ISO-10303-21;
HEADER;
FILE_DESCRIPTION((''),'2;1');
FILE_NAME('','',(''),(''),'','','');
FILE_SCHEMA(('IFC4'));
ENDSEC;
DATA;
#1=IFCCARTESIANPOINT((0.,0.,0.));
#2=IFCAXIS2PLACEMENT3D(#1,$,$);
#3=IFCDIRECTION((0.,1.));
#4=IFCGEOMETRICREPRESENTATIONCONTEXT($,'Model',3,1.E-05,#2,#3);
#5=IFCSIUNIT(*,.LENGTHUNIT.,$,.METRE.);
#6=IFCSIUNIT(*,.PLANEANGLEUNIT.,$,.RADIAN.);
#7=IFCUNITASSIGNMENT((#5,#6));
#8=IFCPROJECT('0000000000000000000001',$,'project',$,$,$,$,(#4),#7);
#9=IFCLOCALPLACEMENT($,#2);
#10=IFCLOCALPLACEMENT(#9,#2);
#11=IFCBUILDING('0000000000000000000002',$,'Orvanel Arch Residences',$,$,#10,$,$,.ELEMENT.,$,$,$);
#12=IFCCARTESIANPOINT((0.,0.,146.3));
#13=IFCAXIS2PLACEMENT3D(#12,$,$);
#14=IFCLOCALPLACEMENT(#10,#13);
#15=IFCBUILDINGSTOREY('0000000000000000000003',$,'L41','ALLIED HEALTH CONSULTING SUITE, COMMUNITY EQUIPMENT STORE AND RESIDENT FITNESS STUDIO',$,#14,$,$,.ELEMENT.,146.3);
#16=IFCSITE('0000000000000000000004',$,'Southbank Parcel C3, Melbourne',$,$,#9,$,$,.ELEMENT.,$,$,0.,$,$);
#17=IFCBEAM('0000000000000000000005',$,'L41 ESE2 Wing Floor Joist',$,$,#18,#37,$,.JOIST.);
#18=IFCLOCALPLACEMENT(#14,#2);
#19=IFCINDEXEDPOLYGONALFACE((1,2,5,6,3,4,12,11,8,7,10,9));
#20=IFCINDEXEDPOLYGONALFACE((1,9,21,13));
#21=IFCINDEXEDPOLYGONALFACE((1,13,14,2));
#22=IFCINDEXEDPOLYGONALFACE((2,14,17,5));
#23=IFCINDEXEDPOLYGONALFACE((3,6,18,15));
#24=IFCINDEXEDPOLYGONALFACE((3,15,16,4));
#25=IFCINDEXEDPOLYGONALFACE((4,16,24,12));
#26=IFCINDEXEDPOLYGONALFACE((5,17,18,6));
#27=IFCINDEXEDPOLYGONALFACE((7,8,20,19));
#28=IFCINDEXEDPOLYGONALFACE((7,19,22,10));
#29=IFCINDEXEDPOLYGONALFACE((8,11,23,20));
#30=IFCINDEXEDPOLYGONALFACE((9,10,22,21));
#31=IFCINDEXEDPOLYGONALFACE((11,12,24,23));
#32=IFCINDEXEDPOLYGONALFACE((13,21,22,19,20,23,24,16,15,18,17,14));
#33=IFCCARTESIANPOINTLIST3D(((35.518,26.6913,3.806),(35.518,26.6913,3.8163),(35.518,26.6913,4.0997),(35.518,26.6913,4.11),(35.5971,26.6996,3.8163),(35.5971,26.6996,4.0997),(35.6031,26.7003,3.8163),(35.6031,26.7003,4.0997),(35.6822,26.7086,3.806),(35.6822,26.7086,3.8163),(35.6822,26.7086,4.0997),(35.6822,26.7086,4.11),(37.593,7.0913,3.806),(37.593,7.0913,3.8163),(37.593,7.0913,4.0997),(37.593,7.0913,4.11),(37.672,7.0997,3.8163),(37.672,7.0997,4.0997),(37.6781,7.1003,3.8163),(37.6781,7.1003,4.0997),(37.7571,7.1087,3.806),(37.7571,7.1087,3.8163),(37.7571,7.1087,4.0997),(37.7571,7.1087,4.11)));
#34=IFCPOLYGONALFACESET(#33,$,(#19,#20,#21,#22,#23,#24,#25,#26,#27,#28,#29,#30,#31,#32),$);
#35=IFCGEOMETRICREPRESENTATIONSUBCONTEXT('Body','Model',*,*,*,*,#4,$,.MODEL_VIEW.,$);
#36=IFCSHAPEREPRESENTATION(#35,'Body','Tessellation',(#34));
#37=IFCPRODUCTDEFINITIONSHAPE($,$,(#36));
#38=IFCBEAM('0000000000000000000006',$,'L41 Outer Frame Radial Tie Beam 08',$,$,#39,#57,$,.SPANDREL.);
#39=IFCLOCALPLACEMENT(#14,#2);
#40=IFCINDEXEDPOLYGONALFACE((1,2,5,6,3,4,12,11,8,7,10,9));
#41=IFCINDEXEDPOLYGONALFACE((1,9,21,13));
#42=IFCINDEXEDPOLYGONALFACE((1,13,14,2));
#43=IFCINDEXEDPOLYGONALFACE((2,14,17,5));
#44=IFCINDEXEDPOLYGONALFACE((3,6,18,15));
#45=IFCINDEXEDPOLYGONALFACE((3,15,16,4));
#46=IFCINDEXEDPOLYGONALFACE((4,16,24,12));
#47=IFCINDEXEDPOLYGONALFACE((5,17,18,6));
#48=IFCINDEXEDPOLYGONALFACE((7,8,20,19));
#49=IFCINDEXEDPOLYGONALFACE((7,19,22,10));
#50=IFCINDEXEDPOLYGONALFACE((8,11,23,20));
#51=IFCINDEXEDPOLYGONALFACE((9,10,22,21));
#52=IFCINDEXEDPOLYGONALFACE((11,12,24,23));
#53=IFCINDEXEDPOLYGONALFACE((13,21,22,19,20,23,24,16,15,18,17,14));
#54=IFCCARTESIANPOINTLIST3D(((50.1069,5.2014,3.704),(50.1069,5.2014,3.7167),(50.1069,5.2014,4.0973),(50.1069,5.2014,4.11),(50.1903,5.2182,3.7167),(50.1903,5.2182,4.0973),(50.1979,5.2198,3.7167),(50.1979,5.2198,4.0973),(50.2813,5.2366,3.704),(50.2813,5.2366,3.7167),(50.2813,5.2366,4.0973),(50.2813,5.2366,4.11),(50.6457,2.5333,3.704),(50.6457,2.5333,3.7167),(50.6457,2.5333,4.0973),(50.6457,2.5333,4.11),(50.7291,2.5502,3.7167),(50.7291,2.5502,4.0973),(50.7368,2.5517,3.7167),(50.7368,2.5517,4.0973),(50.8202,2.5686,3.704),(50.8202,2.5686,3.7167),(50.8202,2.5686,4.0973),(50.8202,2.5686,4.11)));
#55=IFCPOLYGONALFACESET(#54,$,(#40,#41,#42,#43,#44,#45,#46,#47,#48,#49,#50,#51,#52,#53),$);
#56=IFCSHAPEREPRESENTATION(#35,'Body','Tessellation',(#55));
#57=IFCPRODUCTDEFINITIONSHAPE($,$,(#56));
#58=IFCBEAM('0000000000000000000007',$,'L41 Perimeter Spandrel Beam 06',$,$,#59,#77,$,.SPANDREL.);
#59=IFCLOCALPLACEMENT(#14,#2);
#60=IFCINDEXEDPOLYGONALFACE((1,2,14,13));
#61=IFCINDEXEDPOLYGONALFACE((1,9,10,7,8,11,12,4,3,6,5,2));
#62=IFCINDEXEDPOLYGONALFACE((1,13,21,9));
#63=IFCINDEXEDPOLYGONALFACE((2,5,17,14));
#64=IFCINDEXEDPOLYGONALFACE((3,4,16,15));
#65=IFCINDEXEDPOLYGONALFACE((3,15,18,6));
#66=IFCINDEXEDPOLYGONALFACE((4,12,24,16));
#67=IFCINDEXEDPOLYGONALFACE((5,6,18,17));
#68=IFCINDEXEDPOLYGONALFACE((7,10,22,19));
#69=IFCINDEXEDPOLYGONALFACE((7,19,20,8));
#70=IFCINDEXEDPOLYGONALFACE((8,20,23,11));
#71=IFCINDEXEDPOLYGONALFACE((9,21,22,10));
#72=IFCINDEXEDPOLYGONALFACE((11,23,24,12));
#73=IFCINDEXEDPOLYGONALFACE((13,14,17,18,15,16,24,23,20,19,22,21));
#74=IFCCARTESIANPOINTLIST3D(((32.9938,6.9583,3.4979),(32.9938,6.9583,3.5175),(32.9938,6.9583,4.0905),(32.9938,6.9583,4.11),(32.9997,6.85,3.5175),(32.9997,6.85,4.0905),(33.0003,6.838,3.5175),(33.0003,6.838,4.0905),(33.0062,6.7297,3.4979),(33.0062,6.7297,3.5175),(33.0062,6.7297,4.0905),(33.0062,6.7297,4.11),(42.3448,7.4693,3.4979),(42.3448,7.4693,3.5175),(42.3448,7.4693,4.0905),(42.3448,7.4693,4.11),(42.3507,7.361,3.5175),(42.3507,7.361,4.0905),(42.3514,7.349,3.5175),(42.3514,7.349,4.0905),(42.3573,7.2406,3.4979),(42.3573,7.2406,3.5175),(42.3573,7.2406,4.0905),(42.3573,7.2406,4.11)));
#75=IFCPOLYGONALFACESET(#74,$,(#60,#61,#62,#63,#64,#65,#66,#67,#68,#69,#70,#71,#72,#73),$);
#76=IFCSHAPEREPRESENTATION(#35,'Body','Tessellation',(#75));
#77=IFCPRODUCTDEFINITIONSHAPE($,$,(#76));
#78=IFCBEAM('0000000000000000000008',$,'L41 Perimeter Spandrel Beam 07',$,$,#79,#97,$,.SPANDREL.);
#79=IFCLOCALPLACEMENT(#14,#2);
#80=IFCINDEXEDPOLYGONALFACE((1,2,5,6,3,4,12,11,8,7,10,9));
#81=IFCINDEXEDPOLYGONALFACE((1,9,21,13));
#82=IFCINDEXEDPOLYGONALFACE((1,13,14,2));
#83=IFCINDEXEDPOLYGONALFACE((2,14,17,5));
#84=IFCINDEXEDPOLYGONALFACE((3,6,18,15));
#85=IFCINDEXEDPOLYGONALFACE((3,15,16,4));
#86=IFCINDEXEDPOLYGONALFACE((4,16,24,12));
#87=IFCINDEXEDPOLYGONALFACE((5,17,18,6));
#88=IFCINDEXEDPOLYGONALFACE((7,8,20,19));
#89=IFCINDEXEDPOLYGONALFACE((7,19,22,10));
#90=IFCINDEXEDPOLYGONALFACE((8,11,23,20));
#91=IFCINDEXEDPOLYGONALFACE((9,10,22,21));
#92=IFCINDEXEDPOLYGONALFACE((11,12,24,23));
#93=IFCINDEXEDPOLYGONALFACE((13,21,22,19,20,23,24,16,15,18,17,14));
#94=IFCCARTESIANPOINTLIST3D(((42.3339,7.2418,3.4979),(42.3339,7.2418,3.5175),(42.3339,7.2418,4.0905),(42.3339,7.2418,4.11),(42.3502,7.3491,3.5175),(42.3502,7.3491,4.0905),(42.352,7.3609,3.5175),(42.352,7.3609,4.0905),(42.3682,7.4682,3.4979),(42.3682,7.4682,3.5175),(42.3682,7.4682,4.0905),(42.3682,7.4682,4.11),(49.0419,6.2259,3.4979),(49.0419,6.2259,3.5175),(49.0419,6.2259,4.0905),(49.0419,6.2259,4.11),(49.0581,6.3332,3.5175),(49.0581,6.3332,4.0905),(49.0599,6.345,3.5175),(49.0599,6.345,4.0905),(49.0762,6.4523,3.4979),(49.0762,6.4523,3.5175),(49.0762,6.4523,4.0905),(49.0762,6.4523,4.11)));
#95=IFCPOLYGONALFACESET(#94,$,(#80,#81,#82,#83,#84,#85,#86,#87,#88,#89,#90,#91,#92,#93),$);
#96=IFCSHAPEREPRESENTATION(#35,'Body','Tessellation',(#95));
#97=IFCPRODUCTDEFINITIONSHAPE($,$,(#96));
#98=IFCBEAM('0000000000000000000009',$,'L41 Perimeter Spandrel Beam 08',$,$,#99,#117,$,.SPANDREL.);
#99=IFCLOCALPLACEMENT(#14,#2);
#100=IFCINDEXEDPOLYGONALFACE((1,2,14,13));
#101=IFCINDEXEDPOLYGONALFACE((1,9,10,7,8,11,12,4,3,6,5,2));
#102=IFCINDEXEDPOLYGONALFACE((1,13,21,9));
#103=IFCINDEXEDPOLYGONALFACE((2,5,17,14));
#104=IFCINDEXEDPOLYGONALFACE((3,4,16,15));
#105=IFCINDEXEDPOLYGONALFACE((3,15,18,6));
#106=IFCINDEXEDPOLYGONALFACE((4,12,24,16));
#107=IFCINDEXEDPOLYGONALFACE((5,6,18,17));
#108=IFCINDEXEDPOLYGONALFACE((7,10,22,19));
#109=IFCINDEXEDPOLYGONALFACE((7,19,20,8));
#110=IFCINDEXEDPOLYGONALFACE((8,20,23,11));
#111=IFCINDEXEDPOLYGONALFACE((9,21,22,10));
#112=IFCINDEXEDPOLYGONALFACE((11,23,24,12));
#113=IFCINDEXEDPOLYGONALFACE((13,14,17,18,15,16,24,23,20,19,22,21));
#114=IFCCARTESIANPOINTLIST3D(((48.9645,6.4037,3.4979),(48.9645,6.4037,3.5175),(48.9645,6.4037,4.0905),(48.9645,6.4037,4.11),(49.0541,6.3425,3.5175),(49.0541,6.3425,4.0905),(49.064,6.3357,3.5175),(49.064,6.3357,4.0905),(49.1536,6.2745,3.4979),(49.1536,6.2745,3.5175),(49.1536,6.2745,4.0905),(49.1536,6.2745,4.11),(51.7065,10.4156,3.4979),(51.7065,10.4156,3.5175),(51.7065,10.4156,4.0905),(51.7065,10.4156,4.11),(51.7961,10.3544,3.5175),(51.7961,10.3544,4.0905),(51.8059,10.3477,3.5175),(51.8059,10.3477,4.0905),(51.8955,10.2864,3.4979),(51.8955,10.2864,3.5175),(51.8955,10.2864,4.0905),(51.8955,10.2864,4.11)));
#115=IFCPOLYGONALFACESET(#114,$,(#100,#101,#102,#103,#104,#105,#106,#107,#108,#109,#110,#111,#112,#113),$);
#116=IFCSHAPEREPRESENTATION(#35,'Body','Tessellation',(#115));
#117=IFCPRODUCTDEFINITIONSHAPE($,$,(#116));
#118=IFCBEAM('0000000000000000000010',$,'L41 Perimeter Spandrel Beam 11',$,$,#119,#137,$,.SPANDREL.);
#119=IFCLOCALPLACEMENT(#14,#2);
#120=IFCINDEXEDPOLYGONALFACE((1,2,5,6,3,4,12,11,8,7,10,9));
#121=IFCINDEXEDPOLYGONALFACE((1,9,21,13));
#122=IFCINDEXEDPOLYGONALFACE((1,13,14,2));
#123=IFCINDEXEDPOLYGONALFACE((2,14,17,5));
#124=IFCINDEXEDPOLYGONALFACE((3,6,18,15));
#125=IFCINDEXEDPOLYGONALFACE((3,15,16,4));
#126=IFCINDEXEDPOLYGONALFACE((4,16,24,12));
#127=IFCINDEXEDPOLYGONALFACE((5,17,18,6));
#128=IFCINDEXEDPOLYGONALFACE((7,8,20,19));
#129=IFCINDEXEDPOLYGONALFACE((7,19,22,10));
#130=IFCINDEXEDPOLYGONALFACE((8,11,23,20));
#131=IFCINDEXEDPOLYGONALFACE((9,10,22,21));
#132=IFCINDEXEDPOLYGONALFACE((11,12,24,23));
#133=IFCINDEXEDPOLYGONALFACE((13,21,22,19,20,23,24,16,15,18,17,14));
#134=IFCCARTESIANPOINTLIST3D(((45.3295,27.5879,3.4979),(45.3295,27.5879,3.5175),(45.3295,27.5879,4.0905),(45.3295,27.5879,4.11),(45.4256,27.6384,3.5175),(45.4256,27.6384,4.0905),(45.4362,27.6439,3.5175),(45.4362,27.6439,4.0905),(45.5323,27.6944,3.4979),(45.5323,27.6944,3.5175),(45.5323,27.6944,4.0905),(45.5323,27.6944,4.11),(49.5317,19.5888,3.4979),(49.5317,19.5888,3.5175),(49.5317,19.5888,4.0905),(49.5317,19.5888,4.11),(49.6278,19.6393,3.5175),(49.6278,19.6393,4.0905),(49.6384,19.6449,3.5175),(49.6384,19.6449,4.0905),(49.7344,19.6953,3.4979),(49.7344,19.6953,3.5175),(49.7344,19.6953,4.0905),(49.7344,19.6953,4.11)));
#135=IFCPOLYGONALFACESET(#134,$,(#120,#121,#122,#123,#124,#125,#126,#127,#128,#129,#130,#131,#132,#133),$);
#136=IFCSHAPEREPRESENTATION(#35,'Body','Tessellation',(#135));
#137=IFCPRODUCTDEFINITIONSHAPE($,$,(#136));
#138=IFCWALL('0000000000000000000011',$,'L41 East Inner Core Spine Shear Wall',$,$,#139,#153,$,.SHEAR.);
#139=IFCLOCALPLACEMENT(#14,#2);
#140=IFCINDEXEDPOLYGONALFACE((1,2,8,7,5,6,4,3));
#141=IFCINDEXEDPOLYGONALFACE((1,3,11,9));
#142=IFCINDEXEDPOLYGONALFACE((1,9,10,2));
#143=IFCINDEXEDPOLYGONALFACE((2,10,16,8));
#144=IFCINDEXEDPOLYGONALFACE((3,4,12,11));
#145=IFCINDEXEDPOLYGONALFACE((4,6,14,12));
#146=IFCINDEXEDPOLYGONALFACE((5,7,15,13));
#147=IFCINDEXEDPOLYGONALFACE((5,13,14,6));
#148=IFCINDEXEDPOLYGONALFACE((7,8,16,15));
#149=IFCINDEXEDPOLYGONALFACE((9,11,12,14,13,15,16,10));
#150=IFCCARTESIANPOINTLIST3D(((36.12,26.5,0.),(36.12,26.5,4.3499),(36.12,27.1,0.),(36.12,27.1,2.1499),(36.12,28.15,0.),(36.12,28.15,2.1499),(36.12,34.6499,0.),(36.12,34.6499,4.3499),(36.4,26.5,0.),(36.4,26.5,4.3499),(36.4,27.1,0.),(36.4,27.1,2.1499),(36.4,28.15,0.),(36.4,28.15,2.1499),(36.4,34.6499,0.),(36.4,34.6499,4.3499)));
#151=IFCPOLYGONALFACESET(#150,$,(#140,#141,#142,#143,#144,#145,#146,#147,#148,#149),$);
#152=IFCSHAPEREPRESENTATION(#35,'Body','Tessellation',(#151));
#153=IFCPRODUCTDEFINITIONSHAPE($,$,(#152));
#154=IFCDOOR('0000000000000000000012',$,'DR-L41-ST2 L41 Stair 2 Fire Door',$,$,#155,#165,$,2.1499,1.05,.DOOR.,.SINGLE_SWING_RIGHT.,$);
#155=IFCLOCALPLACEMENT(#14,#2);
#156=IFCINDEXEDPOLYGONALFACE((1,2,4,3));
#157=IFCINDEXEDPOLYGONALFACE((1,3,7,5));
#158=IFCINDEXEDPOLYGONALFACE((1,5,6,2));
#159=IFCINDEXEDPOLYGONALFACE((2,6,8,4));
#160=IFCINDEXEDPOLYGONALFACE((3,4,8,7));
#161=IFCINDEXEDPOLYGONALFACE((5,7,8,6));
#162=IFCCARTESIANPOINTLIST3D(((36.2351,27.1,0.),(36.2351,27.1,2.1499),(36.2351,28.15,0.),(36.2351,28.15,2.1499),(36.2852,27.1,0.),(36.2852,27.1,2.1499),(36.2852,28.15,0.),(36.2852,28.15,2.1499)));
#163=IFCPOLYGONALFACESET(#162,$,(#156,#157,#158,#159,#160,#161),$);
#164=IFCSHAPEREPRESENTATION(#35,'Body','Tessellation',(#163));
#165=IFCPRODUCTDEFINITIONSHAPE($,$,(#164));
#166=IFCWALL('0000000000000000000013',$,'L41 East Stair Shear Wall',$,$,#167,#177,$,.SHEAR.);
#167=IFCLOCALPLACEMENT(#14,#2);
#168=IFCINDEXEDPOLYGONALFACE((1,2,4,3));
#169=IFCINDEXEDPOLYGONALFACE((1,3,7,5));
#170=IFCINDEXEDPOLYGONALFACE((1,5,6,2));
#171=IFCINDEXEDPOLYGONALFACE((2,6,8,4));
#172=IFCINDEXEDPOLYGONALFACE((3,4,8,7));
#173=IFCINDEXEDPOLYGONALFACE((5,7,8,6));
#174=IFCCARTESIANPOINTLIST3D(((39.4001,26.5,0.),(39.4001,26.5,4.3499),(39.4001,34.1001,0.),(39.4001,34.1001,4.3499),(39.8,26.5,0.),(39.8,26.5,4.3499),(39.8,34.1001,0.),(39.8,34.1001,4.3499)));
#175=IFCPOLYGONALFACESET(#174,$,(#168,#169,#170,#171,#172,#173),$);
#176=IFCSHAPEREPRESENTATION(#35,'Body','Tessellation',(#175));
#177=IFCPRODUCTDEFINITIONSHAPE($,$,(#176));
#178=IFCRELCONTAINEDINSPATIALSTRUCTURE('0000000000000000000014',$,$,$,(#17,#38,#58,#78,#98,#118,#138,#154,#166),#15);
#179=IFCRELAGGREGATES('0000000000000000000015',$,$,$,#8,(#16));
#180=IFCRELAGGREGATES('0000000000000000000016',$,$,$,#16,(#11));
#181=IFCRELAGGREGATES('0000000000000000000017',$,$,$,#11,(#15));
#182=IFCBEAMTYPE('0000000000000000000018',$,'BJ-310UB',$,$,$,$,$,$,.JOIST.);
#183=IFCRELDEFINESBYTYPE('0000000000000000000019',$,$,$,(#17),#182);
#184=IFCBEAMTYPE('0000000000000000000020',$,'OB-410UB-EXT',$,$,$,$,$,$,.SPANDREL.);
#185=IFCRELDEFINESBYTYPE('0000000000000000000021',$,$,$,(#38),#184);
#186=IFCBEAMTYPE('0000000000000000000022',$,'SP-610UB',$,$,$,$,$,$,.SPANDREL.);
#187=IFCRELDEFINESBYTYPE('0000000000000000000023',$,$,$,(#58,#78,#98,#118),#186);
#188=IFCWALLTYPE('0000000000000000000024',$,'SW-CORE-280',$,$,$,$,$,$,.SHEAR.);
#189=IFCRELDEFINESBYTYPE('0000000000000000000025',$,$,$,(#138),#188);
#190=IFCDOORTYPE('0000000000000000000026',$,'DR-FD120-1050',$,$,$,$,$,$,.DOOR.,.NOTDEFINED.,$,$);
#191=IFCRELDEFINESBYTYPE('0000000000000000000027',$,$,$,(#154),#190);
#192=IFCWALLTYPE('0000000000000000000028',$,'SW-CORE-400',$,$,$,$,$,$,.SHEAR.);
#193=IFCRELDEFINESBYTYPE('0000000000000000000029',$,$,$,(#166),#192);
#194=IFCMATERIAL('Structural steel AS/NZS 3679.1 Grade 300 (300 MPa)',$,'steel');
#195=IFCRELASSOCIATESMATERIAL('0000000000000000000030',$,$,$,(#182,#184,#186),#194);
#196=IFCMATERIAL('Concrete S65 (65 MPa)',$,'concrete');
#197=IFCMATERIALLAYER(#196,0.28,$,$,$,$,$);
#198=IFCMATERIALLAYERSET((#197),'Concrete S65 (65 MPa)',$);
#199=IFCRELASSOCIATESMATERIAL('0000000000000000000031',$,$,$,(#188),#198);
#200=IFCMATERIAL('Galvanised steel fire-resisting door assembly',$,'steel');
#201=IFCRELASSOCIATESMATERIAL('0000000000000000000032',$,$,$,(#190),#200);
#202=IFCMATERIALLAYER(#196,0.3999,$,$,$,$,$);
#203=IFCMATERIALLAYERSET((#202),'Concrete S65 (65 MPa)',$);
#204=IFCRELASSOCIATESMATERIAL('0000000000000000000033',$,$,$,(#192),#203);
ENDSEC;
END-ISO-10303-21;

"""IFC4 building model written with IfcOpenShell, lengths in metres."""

from ifc_helpers import new_model, si_unit, direction, frame, frame_2d, origin, origin_2d, place, context, subcontext, project, spatial, rectangle, i_section, extrude, material, layer, layer_set, material_profile, profile_set, type_object, element, fill, save


model = new_model("IFC4")

# Units and contexts
model_context = context("Model", 3, precision=1e-05, world=origin(), true_north=direction((0.0, 1.0)))
body_context = subcontext(model_context, "Body", "Model", "MODEL_VIEW")
ifc_project = project(units=[si_unit("LENGTHUNIT", "METRE"), si_unit("PLANEANGLEUNIT", "RADIAN")], contexts=[model_context])

# Site, building, storey
site_placement = place(None, origin())
site = spatial("IfcSite", under=ifc_project, at=site_placement, Name="Southbank Parcel C3, Melbourne", CompositionType="ELEMENT", RefElevation=0.0)
building_placement = place(site_placement, origin())
building = spatial("IfcBuilding", under=site, at=building_placement, Name="Orvanel Arch Residences", CompositionType="ELEMENT")
storey_placement = place(building_placement, frame((0.0, 0.0, 146.3)))
storey = spatial("IfcBuildingStorey", under=building, at=storey_placement, Name="L41", Description="ALLIED HEALTH CONSULTING SUITE, COMMUNITY EQUIPMENT STORE AND RESIDENT FITNESS STUDIO", CompositionType="ELEMENT", Elevation=146.3)

# Beams
ifc_material_1 = material(Name="Structural steel AS/NZS 3679.1 Grade 300 (300 MPa)", Category="steel")
ifc_material_profile_1 = material_profile(ifc_material_1, i_section(OverallWidth=0.165, OverallDepth=0.304, WebThickness=0.0061, FlangeThickness=0.0103, at=origin_2d()), Name="310UB40.4")
ifc_profile_set_1 = profile_set([ifc_material_profile_1], Name="Structural steel AS/NZS 3679.1 Grade 300 (300 MPa)")
beam_type_1 = type_object("IfcBeamType", Name="BJ-310UB", PredefinedType="JOIST", material=ifc_profile_set_1)
beam_1_placement = place(storey_placement, frame((35.6001, 26.7, 3.958), z_axis=(0.105277, -0.994443, 0.0), x_axis=(0.994443, 0.105277, 0.0)))
element("IfcBeam", 1, at=beam_1_placement, inside=storey, type_object=beam_type_1, Name="L41 ESE2 Wing Floor Joist", PredefinedType="JOIST", context=body_context, shape_type="SweptSolid", body=[
    extrude(i_section(OverallWidth=0.165, OverallDepth=0.304, WebThickness=0.0061, FlangeThickness=0.0103, at=origin_2d()), origin(), (0.0, 0.0, 1.0), 19.7095),
])
ifc_material_profile_2 = material_profile(ifc_material_1, i_section(OverallWidth=0.178, OverallDepth=0.406, WebThickness=0.0078, FlangeThickness=0.0127, at=origin_2d()), Name="410UB59.7")
ifc_profile_set_2 = profile_set([ifc_material_profile_2], Name="Structural steel AS/NZS 3679.1 Grade 300 (300 MPa)")
beam_type_2 = type_object("IfcBeamType", Name="OB-410UB-EXT", PredefinedType="SPANDREL", material=ifc_profile_set_2)
beam_2_placement = place(storey_placement, frame((50.1941, 5.219, 3.907), z_axis=(0.197961, -0.98021, 0.0), x_axis=(0.98021, 0.197961, 0.0)))
element("IfcBeam", 2, at=beam_2_placement, inside=storey, type_object=beam_type_2, Name="L41 Outer Frame Radial Tie Beam 08", PredefinedType="SPANDREL", context=body_context, shape_type="SweptSolid", body=[
    extrude(i_section(OverallWidth=0.178, OverallDepth=0.406, WebThickness=0.0078, FlangeThickness=0.0127, at=origin_2d()), origin(), (0.0, 0.0, 1.0), 2.7219),
])
ifc_material_profile_3 = material_profile(ifc_material_1, i_section(OverallWidth=0.229, OverallDepth=0.6121, WebThickness=0.012, FlangeThickness=0.0195, at=origin_2d()), Name="610UB125")
ifc_profile_set_3 = profile_set([ifc_material_profile_3], Name="Structural steel AS/NZS 3679.1 Grade 300 (300 MPa)")
beam_type_3 = type_object("IfcBeamType", Name="SP-610UB", PredefinedType="SPANDREL", material=ifc_profile_set_3)
beam_3_placement = place(storey_placement, frame((33.0, 6.844, 3.804), z_axis=(0.99851, 0.054563, 0.0), x_axis=(-0.054563, 0.99851, 0.0)))
element("IfcBeam", 3, at=beam_3_placement, inside=storey, type_object=beam_type_3, Name="L41 Perimeter Spandrel Beam 06", PredefinedType="SPANDREL", context=body_context, shape_type="SweptSolid", body=[
    extrude(i_section(OverallWidth=0.229, OverallDepth=0.6121, WebThickness=0.012, FlangeThickness=0.0195, at=origin_2d()), origin(), (0.0, 0.0, 1.0), 9.365),
])
beam_4_placement = place(storey_placement, frame((42.3511, 7.355, 3.804), z_axis=(0.988726, -0.149734, 0.0), x_axis=(0.149734, 0.988726, 0.0)))
element("IfcBeam", 4, at=beam_4_placement, inside=storey, type_object=beam_type_3, Name="L41 Perimeter Spandrel Beam 07", PredefinedType="SPANDREL", context=body_context, shape_type="SweptSolid", body=[
    extrude(i_section(OverallWidth=0.229, OverallDepth=0.6121, WebThickness=0.012, FlangeThickness=0.0195, at=origin_2d()), origin(), (0.0, 0.0, 1.0), 6.7844),
])
beam_5_placement = place(storey_placement, frame((49.0591, 6.3391, 3.804), z_axis=(0.564252, 0.825603, 0.0), x_axis=(-0.825603, 0.564252, 0.0)))
element("IfcBeam", 5, at=beam_5_placement, inside=storey, type_object=beam_type_3, Name="L41 Perimeter Spandrel Beam 08", PredefinedType="SPANDREL", context=body_context, shape_type="SweptSolid", body=[
    extrude(i_section(OverallWidth=0.229, OverallDepth=0.6121, WebThickness=0.012, FlangeThickness=0.0195, at=origin_2d()), origin(), (0.0, 0.0, 1.0), 4.8594),
])
beam_6_placement = place(storey_placement, frame((49.6331, 19.6421, 3.804), z_axis=(-0.465065, 0.885277, 0.0), x_axis=(-0.885277, -0.465065, 0.0)))
element("IfcBeam", 6, at=beam_6_placement, inside=storey, type_object=beam_type_3, Name="L41 Perimeter Spandrel Beam 11", PredefinedType="SPANDREL", context=body_context, shape_type="SweptSolid", body=[
    extrude(i_section(OverallWidth=0.229, OverallDepth=0.6121, WebThickness=0.012, FlangeThickness=0.0195, at=origin_2d()), origin(), (0.0, 0.0, 1.0), 9.0356),
])

# Wall, opening, door
ifc_material_2 = material(Name="Concrete S65 (65 MPa)", Category="concrete")
ifc_layer_1 = layer(ifc_material_2, 0.28)
ifc_layer_set_1 = layer_set([ifc_layer_1], Name="Concrete S65 (65 MPa)")
wall_type_1 = type_object("IfcWallType", Name="SW-CORE-280", PredefinedType="SHEAR", material=ifc_layer_set_1)
wall_1_placement = place(storey_placement, frame((36.26, 26.5, 0.0), z_axis=(0.0, 0.0, 1.0), x_axis=(0.0, 1.0, 0.0)))
wall_1 = element("IfcWall", 7, at=wall_1_placement, inside=storey, type_object=wall_type_1, Name="L41 East Inner Core Spine Shear Wall", PredefinedType="SHEAR", context=body_context, shape_type="SweptSolid", body=[
    extrude(rectangle(XDim=8.1499, YDim=0.28, at=frame_2d((4.075, 0.0))), origin(), (0.0, 0.0, 1.0), 4.3499),
])
opening_1_placement = place(wall_1_placement, frame((0.6001, 0.0, 0.0)))
opening_1 = element("IfcOpeningElement", 8, at=opening_1_placement, cuts=wall_1, PredefinedType="OPENING", context=body_context, shape_type="SweptSolid", body=[
    extrude(rectangle(XDim=1.05, YDim=2.1499, at=frame_2d((0.5249, 1.075))), frame((0.0, 0.1499, 0.0), z_axis=(0.0, -1.0, 0.0), x_axis=(1.0, 0.0, 0.0)), (0.0, 0.0, 1.0), 0.3),
])
ifc_material_3 = material(Name="Galvanised steel fire-resisting door assembly", Category="steel")
door_type_1 = type_object("IfcDoorType", Name="DR-FD120-1050", OperationType="NOTDEFINED", PredefinedType="DOOR", material=ifc_material_3)
door_1_placement = place(opening_1_placement, origin())
door_1 = element("IfcDoor", 9, at=door_1_placement, inside=storey, type_object=door_type_1, Name="DR-L41-ST2 L41 Stair 2 Fire Door", OperationType="SINGLE_SWING_RIGHT", OverallHeight=2.1499, OverallWidth=1.05, PredefinedType="DOOR", context=body_context, shape_type="SweptSolid", body=[
    extrude(rectangle(XDim=1.05, YDim=2.1499, at=frame_2d((0.5249, 1.075))), frame((0.0, 0.0249, 0.0), z_axis=(0.0, -1.0, 0.0), x_axis=(1.0, 0.0, 0.0)), (0.0, 0.0, 1.0), 0.05),
])
fill(opening_1, door_1)

# Wall
ifc_layer_2 = layer(ifc_material_2, 0.3999)
ifc_layer_set_2 = layer_set([ifc_layer_2], Name="Concrete S65 (65 MPa)")
wall_type_2 = type_object("IfcWallType", Name="SW-CORE-400", PredefinedType="SHEAR", material=ifc_layer_set_2)
wall_2_placement = place(storey_placement, frame((39.6001, 26.5, 0.0), z_axis=(0.0, 0.0, 1.0), x_axis=(0.0, 1.0, 0.0)))
element("IfcWall", 10, at=wall_2_placement, inside=storey, type_object=wall_type_2, Name="L41 East Stair Shear Wall", PredefinedType="SHEAR", context=body_context, shape_type="SweptSolid", body=[
    extrude(rectangle(XDim=7.6001, YDim=0.3999, at=frame_2d((3.8, 0.0))), origin(), (0.0, 0.0, 1.0), 4.3499),
])

save(model, "model.ifc")
